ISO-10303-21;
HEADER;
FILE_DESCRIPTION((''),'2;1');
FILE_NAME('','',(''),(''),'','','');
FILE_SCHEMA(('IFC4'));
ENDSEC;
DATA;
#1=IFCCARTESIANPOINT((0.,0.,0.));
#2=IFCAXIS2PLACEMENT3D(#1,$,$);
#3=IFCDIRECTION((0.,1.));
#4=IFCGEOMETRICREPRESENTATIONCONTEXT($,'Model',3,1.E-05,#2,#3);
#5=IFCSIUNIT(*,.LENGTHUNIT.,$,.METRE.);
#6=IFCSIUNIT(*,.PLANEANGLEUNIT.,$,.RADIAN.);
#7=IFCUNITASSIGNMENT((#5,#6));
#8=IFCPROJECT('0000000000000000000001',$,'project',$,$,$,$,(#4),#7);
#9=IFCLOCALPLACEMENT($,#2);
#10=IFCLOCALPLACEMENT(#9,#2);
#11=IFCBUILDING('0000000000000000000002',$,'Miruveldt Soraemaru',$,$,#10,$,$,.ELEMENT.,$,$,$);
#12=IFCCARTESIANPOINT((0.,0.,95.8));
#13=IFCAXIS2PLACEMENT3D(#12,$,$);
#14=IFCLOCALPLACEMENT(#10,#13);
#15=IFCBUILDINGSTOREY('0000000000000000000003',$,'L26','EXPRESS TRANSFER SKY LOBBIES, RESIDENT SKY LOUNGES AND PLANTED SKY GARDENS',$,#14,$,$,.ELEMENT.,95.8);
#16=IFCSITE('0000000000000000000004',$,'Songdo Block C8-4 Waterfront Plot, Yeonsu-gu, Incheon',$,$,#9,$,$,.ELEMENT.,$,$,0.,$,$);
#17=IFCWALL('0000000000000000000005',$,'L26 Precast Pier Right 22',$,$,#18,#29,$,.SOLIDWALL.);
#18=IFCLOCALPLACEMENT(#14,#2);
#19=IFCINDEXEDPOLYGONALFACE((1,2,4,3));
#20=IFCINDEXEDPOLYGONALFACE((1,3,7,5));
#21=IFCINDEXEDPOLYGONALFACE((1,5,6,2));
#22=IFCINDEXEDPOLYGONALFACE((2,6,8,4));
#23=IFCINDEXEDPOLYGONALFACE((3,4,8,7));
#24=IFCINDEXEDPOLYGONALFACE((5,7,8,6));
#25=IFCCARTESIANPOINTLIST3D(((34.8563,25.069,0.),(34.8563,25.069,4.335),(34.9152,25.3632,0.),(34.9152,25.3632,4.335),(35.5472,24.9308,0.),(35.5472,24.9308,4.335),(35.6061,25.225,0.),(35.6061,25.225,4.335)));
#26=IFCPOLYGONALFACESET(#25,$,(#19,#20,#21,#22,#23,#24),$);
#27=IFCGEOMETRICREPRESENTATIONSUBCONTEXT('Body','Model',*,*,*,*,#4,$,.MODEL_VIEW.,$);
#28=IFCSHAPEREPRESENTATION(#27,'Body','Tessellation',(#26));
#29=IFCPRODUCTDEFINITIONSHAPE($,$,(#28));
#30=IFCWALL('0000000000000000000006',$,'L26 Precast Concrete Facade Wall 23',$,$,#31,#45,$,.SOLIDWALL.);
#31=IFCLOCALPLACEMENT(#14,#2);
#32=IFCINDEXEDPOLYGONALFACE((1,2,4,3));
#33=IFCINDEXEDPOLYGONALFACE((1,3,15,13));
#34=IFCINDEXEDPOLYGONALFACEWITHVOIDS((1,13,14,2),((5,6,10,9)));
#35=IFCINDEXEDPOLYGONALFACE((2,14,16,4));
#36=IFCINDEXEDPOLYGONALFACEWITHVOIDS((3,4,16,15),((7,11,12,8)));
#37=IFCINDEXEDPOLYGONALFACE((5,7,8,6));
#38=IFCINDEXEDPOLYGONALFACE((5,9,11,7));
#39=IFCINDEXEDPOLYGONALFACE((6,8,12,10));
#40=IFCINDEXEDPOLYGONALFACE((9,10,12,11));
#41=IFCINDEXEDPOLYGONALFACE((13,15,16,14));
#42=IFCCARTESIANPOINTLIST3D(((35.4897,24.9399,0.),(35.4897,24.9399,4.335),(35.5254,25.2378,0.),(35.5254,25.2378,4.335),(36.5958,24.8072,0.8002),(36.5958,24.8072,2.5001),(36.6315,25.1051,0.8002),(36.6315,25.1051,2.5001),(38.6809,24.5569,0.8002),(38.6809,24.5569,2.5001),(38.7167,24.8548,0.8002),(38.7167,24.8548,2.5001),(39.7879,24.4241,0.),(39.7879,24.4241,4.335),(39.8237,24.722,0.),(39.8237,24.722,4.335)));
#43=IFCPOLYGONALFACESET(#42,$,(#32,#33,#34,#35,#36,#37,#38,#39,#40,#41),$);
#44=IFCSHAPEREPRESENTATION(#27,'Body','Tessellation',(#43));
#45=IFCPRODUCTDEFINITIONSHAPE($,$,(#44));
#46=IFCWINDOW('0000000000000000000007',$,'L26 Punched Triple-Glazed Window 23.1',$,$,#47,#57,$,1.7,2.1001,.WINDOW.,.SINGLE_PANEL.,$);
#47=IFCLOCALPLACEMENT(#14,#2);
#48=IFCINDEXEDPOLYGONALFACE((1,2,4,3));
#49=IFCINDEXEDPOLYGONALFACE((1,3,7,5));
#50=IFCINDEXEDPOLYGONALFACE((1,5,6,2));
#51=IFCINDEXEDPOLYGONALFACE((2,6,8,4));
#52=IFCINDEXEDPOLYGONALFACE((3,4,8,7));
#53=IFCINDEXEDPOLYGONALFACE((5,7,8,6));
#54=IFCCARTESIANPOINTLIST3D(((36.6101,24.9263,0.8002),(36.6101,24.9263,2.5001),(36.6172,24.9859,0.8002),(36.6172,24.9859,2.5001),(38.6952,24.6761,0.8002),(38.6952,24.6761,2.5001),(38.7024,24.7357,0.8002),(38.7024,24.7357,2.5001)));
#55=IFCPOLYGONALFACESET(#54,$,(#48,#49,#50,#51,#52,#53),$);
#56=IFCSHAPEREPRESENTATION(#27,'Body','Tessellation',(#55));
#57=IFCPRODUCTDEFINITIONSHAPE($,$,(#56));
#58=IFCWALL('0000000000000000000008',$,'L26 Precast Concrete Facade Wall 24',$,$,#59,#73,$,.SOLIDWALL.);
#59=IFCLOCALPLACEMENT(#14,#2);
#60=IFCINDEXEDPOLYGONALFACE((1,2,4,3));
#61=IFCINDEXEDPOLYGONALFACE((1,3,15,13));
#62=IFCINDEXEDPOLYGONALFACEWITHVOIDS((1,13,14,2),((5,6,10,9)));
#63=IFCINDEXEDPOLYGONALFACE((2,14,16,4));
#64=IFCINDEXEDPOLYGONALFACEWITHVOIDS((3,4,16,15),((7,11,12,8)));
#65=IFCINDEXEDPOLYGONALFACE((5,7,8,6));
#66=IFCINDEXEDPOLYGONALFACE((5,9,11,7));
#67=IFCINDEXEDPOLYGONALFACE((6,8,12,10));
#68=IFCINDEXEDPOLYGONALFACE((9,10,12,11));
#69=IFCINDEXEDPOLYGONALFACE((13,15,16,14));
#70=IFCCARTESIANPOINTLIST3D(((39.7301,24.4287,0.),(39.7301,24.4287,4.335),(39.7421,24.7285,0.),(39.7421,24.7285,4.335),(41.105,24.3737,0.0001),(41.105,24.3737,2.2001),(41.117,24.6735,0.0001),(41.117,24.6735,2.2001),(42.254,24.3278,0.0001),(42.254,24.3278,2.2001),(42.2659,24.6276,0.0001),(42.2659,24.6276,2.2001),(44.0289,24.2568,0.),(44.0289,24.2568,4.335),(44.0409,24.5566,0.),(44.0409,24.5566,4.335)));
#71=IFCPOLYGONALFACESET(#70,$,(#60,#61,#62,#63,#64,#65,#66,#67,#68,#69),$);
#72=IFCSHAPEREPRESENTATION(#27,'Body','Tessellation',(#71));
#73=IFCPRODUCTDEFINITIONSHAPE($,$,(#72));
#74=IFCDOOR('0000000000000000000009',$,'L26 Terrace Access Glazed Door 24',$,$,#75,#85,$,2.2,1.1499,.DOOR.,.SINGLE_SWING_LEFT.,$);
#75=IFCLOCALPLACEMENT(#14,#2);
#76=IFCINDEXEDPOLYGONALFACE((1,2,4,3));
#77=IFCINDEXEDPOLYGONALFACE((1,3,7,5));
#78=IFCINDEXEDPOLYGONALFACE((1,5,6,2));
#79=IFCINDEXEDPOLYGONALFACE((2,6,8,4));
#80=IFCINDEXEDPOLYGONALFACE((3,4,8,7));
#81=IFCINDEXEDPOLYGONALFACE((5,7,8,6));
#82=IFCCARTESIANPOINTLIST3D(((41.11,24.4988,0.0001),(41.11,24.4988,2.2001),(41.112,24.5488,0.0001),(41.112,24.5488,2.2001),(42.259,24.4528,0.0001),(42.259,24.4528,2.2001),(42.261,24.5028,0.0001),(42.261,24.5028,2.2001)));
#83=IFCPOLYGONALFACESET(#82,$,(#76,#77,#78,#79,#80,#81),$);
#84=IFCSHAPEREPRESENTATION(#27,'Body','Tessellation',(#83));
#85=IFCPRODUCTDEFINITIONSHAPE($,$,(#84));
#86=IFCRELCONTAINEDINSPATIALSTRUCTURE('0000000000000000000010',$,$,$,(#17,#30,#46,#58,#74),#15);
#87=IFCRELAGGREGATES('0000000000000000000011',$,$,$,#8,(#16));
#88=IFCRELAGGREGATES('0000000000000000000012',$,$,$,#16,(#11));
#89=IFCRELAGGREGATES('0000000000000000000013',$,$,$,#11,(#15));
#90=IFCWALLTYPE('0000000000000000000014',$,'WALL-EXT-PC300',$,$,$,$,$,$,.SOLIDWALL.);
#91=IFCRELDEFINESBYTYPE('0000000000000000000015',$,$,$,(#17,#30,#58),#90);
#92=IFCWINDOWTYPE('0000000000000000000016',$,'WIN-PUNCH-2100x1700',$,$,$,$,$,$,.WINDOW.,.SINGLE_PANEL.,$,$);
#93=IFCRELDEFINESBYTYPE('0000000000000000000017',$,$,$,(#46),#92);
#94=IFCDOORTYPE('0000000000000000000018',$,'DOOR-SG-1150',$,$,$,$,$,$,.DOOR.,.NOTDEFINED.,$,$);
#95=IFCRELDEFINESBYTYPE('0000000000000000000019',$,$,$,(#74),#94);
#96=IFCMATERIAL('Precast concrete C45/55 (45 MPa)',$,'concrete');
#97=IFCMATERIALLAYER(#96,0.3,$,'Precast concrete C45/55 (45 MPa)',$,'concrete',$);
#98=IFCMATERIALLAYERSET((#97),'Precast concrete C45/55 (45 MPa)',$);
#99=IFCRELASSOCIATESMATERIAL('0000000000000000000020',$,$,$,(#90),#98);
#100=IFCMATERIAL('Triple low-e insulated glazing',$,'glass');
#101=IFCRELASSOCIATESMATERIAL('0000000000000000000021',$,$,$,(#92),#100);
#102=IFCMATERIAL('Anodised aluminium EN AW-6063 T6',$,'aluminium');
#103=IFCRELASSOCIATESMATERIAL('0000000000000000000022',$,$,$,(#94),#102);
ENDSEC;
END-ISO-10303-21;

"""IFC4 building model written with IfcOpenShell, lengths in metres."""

from ifc_helpers import new_model, si_unit, direction, frame, frame_2d, origin, place, context, subcontext, project, spatial, rectangle, extrude, material, layer, layer_set, type_object, element, fill, save


model = new_model("IFC4")

# Units and contexts
model_context = context("Model", 3, precision=1e-05, world=origin(), true_north=direction((0.0, 1.0)))
body_context = subcontext(model_context, "Body", "Model", "MODEL_VIEW")
ifc_project = project(units=[si_unit("LENGTHUNIT", "METRE"), si_unit("PLANEANGLEUNIT", "RADIAN")], contexts=[model_context])

# Site, building, storey
site_placement = place(None, origin())
site = spatial("IfcSite", under=ifc_project, at=site_placement, Name="Songdo Block C8-4 Waterfront Plot, Yeonsu-gu, Incheon", CompositionType="ELEMENT", RefElevation=0.0)
building_placement = place(site_placement, origin())
building = spatial("IfcBuilding", under=site, at=building_placement, Name="Miruveldt Soraemaru", CompositionType="ELEMENT")
storey_placement = place(building_placement, frame((0.0, 0.0, 95.8)))
storey = spatial("IfcBuildingStorey", under=building, at=storey_placement, Name="L26", Description="EXPRESS TRANSFER SKY LOBBIES, RESIDENT SKY LOUNGES AND PLANTED SKY GARDENS", CompositionType="ELEMENT", Elevation=95.8)

# Shared definitions
ifc_material_1 = material(Name="Anodised aluminium EN AW-6063 T6", Category="aluminium")
ifc_material_2 = material(Name="Triple low-e insulated glazing", Category="glass")

# Wall
ifc_material_3 = material(Name="Precast concrete C45/55 (45 MPa)", Category="concrete")
ifc_layer_1 = layer(ifc_material_3, 0.3, Name="Precast concrete C45/55 (45 MPa)", Category="concrete")
ifc_layer_set_1 = layer_set([ifc_layer_1], Name="Precast concrete C45/55 (45 MPa)")
wall_type = type_object("IfcWallType", Name="WALL-EXT-PC300", PredefinedType="SOLIDWALL", material=ifc_layer_set_1)
wall_1_placement = place(storey_placement, frame((34.8857, 25.2161, 0.0), z_axis=(0.0, 0.0, 1.0), x_axis=(0.980581, -0.196116, 0.0)))
element("IfcWall", 1, at=wall_1_placement, inside=storey, type_object=wall_type, Name="L26 Precast Pier Right 22", PredefinedType="SOLIDWALL", context=body_context, shape_type="SweptSolid", body=[
    extrude(rectangle(XDim=0.7046, YDim=0.3, at=frame_2d((0.3523, 0.0))), origin(), (0.0, 0.0, 1.0), 4.335),
])

# Wall, opening, window
wall_2_placement = place(storey_placement, frame((35.5076, 25.0889, 0.0), z_axis=(0.0, 0.0, 1.0), x_axis=(0.992875, -0.119161, 0.0)))
wall_2 = element("IfcWall", 2, at=wall_2_placement, inside=storey, type_object=wall_type, Name="L26 Precast Concrete Facade Wall 23", PredefinedType="SOLIDWALL", context=body_context, shape_type="SweptSolid", body=[
    extrude(rectangle(XDim=4.3291, YDim=0.3, at=frame_2d((2.1646, 0.0))), origin(), (0.0, 0.0, 1.0), 4.335),
])
opening_1_placement = place(wall_2_placement, frame((1.114, 0.0, 0.8)))
opening_1 = element("IfcOpeningElement", 3, at=opening_1_placement, cuts=wall_2, PredefinedType="OPENING", context=body_context, shape_type="SweptSolid", body=[
    extrude(rectangle(XDim=2.1001, YDim=1.7, at=frame_2d((1.05, 0.8501))), frame((0.0, 0.1602, 0.0), z_axis=(0.0, -1.0, 0.0), x_axis=(1.0, 0.0, 0.0)), (0.0, 0.0, 1.0), 0.3201),
])
window_type = type_object("IfcWindowType", Name="WIN-PUNCH-2100x1700", PartitioningType="SINGLE_PANEL", PredefinedType="WINDOW", material=ifc_material_2)
window_placement = place(opening_1_placement, origin())
window = element("IfcWindow", 4, at=window_placement, inside=storey, type_object=window_type, Name="L26 Punched Triple-Glazed Window 23.1", OverallHeight=1.7, OverallWidth=2.1001, PartitioningType="SINGLE_PANEL", PredefinedType="WINDOW", context=body_context, shape_type="SweptSolid", body=[
    extrude(rectangle(XDim=2.1001, YDim=1.7, at=frame_2d((1.05, 0.8501))), frame((0.0, 0.03, 0.0), z_axis=(0.0, -1.0, 0.0), x_axis=(1.0, 0.0, 0.0)), (0.0, 0.0, 1.0), 0.0601),
])
fill(opening_1, window)

# Wall, opening, door
wall_3_placement = place(storey_placement, frame((39.7361, 24.5786, 0.0), z_axis=(0.0, 0.0, 1.0), x_axis=(0.999202, -0.03995, 0.0)))
wall_3 = element("IfcWall", 5, at=wall_3_placement, inside=storey, type_object=wall_type, Name="L26 Precast Concrete Facade Wall 24", PredefinedType="SOLIDWALL", context=body_context, shape_type="SweptSolid", body=[
    extrude(rectangle(XDim=4.3022, YDim=0.3, at=frame_2d((2.1511, 0.0))), origin(), (0.0, 0.0, 1.0), 4.335),
])
opening_2_placement = place(wall_3_placement, frame((1.376, 0.0, 0.0)))
opening_2 = element("IfcOpeningElement", 6, at=opening_2_placement, cuts=wall_3, PredefinedType="OPENING", context=body_context, shape_type="SweptSolid", body=[
    extrude(rectangle(XDim=1.1499, YDim=2.2, at=frame_2d((0.575, 1.1001))), frame((0.0, 0.1602, 0.0), z_axis=(0.0, -1.0, 0.0), x_axis=(1.0, 0.0, 0.0)), (0.0, 0.0, 1.0), 0.3201),
])
door_type = type_object("IfcDoorType", Name="DOOR-SG-1150", OperationType="NOTDEFINED", PredefinedType="DOOR", material=ifc_material_1)
door_placement = place(opening_2_placement, frame((1.1499, 0.0, 0.0), z_axis=(0.0, 0.0, 1.0), x_axis=(-1.0, 0.0, 0.0)))
door = element("IfcDoor", 7, at=door_placement, inside=storey, type_object=door_type, Name="L26 Terrace Access Glazed Door 24", OperationType="SINGLE_SWING_LEFT", OverallHeight=2.2, OverallWidth=1.1499, PredefinedType="DOOR", context=body_context, shape_type="SweptSolid", body=[
    extrude(rectangle(XDim=1.1499, YDim=2.2, at=frame_2d((0.575, 1.1001))), frame((0.0, 0.0249, 0.0), z_axis=(0.0, -1.0, 0.0), x_axis=(1.0, 0.0, 0.0)), (0.0, 0.0, 1.0), 0.05),
])
fill(opening_2, door)

save(model, "model.ifc")
